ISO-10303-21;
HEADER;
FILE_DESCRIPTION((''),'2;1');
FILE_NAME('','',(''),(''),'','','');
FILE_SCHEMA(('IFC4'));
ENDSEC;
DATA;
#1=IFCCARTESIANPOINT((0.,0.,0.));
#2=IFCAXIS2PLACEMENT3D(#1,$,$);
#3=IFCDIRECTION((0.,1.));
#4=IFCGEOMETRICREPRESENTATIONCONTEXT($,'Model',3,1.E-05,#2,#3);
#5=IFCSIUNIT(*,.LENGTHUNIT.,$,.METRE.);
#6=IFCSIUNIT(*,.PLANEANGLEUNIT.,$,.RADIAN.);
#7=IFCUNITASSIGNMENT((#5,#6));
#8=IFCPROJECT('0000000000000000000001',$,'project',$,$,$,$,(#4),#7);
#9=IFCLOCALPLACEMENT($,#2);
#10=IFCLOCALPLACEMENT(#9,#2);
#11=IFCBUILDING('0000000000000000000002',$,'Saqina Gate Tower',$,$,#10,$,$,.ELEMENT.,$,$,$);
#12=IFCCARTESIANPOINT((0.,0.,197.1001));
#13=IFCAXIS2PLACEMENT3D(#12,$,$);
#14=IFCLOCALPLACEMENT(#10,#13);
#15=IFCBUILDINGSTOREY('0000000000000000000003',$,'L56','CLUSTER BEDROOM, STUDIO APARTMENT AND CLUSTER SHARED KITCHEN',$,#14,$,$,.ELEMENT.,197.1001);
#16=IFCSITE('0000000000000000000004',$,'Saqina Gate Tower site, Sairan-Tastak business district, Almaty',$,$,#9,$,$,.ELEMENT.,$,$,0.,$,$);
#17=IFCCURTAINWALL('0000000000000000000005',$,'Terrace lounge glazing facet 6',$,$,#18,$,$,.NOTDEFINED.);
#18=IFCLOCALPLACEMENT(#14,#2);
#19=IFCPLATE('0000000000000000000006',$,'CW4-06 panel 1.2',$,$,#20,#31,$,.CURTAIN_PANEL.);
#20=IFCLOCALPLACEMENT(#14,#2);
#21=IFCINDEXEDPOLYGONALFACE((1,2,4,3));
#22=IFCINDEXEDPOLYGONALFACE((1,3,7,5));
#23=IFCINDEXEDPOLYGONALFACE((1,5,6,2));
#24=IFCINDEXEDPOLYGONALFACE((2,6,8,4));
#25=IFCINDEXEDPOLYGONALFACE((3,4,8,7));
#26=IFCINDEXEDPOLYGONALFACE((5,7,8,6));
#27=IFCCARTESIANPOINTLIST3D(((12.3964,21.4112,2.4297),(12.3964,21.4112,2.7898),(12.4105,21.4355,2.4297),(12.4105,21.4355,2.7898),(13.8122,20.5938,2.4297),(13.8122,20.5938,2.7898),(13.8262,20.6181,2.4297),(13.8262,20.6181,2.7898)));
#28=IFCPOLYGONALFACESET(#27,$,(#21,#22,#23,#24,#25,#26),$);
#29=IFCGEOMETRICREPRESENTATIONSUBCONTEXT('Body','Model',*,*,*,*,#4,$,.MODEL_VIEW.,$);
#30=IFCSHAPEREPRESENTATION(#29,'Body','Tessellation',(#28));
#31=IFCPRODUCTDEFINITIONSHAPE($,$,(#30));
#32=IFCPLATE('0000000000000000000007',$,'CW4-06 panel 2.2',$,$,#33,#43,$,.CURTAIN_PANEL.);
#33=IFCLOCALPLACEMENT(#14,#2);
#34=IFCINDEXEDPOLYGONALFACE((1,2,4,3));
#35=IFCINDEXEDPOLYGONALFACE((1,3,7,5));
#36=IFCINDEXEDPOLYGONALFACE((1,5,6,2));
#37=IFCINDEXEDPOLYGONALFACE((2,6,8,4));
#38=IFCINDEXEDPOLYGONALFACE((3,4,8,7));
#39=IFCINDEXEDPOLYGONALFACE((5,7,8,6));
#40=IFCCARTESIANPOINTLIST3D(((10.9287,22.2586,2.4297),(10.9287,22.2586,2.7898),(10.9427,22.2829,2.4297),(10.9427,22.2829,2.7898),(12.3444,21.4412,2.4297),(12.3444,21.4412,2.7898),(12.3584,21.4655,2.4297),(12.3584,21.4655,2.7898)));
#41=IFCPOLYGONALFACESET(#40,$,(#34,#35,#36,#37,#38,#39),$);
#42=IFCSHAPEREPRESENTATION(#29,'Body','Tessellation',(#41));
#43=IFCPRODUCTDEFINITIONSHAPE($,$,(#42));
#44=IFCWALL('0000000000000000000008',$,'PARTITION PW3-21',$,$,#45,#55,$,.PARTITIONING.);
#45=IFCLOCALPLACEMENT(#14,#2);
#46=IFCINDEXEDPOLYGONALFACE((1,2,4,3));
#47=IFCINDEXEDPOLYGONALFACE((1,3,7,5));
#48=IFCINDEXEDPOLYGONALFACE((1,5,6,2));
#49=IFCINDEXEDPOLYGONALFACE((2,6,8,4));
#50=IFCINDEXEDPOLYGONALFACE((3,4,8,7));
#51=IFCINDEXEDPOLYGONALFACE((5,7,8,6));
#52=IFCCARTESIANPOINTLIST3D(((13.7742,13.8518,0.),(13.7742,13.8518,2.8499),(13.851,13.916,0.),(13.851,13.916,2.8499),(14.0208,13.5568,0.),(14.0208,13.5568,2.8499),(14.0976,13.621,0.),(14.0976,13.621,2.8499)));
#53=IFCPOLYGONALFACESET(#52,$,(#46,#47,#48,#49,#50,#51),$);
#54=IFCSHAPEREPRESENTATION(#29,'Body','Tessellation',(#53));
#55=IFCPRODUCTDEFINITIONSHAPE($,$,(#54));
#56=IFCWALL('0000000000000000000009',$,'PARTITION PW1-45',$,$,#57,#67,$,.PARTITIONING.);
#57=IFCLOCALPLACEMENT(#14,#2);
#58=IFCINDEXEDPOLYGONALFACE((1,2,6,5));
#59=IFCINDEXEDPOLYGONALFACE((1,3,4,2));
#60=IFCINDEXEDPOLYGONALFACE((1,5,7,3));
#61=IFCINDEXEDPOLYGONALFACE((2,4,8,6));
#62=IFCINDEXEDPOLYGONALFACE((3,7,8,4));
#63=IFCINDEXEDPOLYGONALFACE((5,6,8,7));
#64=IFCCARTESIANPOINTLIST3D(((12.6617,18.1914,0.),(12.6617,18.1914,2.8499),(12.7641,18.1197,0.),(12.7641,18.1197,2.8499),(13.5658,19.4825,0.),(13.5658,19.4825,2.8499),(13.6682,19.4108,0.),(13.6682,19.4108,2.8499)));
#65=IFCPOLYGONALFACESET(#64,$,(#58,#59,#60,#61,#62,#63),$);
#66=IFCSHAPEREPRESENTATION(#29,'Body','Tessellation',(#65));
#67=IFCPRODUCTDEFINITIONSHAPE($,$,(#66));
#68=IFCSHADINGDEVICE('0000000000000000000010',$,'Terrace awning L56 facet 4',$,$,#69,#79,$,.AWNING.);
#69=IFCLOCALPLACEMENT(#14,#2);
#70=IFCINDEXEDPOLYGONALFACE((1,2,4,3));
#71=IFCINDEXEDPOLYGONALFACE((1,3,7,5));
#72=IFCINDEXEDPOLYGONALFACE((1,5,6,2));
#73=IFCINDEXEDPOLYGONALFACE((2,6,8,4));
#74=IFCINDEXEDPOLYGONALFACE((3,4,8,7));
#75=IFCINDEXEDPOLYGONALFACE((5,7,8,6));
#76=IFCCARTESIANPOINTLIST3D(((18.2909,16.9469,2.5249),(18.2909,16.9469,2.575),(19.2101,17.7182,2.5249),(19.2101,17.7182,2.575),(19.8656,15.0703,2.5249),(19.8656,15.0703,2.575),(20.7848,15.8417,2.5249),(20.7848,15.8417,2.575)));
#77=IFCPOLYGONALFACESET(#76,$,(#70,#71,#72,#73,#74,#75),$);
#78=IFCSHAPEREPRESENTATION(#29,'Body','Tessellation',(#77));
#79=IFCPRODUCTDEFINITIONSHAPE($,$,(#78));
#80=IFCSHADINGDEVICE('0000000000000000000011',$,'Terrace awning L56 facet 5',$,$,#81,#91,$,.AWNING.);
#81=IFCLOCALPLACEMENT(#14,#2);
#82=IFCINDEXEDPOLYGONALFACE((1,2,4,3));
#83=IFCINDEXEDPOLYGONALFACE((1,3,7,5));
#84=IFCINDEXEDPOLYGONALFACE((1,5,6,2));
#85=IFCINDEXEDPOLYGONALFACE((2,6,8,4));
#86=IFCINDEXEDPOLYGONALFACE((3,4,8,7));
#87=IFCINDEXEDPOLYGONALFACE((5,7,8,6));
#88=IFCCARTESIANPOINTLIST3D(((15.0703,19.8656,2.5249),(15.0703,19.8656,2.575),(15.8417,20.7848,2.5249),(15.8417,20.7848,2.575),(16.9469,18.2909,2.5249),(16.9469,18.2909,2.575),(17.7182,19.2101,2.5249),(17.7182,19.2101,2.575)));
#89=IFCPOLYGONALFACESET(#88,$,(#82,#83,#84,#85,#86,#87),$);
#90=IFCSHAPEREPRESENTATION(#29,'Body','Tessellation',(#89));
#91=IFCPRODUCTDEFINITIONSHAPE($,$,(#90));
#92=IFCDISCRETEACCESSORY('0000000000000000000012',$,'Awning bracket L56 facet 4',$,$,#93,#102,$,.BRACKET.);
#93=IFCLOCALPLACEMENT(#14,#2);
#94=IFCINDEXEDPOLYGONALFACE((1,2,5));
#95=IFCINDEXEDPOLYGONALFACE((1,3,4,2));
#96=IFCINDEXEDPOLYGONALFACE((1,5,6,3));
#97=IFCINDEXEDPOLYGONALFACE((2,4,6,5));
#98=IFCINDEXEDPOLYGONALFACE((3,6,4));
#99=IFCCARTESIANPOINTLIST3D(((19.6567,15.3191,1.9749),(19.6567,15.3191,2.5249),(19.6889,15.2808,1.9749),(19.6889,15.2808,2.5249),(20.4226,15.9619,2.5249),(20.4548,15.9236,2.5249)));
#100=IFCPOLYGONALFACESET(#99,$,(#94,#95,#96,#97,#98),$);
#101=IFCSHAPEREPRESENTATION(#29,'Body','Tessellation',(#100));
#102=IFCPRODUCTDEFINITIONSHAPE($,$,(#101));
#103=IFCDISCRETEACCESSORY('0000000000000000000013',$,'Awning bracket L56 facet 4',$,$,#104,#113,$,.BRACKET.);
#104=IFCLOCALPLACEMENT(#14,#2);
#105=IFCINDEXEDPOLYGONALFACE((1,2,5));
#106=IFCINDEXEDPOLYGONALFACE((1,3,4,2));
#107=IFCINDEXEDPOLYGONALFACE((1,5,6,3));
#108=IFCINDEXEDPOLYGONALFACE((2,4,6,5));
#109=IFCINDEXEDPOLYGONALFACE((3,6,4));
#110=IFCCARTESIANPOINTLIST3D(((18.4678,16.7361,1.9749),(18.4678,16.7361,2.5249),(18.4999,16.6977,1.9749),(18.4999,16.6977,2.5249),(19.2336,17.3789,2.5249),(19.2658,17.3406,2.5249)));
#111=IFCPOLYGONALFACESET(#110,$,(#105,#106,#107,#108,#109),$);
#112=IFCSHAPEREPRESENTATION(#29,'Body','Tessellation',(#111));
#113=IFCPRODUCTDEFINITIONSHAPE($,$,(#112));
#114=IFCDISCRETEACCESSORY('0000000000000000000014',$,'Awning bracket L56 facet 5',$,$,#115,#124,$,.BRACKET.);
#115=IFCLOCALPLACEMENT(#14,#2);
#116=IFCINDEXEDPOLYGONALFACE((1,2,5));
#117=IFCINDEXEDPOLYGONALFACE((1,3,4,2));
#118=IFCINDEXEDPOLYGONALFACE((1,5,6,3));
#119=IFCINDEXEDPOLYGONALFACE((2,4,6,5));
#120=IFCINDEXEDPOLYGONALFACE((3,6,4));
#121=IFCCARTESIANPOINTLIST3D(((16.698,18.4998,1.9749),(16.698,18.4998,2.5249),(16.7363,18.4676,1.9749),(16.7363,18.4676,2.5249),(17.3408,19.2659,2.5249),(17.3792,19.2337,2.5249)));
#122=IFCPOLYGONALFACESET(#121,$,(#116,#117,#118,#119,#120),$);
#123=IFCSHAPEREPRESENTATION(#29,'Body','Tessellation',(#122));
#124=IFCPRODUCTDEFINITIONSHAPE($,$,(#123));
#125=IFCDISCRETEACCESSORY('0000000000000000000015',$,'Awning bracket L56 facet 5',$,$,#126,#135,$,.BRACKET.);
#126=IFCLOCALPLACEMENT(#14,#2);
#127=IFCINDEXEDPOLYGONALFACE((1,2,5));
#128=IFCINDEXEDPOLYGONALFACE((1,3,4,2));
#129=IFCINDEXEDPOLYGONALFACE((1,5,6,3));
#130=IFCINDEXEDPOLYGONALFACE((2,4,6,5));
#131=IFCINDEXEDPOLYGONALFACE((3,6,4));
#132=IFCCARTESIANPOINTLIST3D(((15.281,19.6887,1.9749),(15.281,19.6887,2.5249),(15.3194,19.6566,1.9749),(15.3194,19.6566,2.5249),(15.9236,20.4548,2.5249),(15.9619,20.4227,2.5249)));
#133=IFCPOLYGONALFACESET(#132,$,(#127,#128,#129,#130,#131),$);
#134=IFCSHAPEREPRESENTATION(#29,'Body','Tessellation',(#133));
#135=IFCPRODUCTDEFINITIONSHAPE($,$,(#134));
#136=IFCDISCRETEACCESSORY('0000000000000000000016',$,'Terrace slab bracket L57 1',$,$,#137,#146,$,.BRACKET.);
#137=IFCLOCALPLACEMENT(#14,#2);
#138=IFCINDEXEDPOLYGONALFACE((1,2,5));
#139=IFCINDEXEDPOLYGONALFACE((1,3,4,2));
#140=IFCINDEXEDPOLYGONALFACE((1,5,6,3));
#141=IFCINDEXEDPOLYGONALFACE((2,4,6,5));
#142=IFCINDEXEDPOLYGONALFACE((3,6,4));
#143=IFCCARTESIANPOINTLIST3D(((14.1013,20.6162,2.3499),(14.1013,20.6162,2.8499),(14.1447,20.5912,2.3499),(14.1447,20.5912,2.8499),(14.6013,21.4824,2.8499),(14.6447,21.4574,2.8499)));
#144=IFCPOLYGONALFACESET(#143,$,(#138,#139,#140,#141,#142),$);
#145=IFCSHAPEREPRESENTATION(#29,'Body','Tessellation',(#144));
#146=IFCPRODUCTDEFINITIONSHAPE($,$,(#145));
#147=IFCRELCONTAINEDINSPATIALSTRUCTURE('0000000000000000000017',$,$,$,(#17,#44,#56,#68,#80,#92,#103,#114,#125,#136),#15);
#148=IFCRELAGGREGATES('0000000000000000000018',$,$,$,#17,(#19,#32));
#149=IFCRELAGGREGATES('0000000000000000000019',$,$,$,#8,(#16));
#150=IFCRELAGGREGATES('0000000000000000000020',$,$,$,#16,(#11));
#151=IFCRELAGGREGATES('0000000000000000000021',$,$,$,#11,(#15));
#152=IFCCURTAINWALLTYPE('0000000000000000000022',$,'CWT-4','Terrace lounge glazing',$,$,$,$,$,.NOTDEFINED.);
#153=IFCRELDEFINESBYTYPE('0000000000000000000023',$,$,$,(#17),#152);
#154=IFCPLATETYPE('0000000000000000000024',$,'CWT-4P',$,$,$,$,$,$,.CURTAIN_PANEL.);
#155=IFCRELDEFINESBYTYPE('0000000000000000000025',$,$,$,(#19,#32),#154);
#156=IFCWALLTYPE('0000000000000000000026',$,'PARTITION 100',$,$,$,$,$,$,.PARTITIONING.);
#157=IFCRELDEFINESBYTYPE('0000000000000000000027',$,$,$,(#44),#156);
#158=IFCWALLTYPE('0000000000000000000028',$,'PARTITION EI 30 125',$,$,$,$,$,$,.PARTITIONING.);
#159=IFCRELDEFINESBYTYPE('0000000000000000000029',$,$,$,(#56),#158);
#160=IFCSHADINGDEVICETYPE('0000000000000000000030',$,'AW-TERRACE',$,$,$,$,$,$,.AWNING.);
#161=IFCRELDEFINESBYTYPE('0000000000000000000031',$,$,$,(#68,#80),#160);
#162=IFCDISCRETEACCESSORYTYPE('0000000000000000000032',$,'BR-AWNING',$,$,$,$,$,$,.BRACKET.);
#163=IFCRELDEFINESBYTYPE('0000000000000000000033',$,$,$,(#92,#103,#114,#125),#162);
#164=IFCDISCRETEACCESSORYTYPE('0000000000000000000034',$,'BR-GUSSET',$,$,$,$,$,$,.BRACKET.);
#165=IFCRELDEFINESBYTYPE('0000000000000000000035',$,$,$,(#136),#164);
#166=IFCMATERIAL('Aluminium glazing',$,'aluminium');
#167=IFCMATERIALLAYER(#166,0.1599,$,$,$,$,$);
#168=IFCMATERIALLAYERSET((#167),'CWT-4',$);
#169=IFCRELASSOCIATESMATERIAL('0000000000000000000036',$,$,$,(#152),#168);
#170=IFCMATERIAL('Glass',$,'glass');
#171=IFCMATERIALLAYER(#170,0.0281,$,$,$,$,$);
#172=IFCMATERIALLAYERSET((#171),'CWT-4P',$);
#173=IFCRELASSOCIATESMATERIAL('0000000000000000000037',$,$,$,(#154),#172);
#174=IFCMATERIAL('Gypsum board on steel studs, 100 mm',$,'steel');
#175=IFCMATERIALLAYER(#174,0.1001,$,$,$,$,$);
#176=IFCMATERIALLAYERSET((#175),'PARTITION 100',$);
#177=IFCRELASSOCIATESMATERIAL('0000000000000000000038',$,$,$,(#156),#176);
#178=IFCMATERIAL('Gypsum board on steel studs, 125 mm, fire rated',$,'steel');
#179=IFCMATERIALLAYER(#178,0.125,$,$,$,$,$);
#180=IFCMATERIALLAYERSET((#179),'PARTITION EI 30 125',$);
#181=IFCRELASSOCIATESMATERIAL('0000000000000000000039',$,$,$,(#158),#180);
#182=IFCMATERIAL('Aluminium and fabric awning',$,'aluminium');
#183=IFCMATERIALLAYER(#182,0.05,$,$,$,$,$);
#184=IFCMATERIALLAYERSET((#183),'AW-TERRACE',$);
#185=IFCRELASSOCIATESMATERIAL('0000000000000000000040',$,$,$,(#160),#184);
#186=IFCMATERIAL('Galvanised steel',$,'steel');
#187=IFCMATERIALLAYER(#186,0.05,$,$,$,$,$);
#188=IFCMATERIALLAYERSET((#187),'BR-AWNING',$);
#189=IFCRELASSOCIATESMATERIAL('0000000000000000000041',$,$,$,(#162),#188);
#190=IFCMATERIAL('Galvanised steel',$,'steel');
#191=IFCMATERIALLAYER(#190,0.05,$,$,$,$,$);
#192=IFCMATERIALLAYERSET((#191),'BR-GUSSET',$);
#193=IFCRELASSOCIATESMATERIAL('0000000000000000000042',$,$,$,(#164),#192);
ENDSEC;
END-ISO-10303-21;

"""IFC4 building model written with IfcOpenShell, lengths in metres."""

from ifc_helpers import new_model, si_unit, direction, frame, frame_2d, origin, origin_2d, place, context, subcontext, project, spatial, polyline, rectangle, outline, extrude, material, layer, layer_set, type_object, element, aggregate, save


model = new_model("IFC4")

# Units and contexts
model_context = context("Model", 3, precision=1e-05, world=origin(), true_north=direction((0.0, 1.0)))
body_context = subcontext(model_context, "Body", "Model", "MODEL_VIEW")
ifc_project = project(units=[si_unit("LENGTHUNIT", "METRE"), si_unit("PLANEANGLEUNIT", "RADIAN")], contexts=[model_context])

# Site, building, storey
site_placement = place(None, origin())
site = spatial("IfcSite", under=ifc_project, at=site_placement, Name="Saqina Gate Tower site, Sairan-Tastak business district, Almaty", CompositionType="ELEMENT", RefElevation=0.0)
building_placement = place(site_placement, origin())
building = spatial("IfcBuilding", under=site, at=building_placement, Name="Saqina Gate Tower", CompositionType="ELEMENT")
storey_placement = place(building_placement, frame((0.0, 0.0, 197.1001)))
storey = spatial("IfcBuildingStorey", under=building, at=storey_placement, Name="L56", Description="CLUSTER BEDROOM, STUDIO APARTMENT AND CLUSTER SHARED KITCHEN", CompositionType="ELEMENT", Elevation=197.1001)

# Shared definitions
ifc_material_1 = material(Name="Aluminium glazing", Category="aluminium")
ifc_layer_1 = layer(ifc_material_1, 0.1599)
ifc_layer_set_1 = layer_set([ifc_layer_1], Name="CWT-4")
curtain_wall_type = type_object("IfcCurtainWallType", Name="CWT-4", Description="Terrace lounge glazing", PredefinedType="NOTDEFINED", material=ifc_layer_set_1)

# Curtain wall
curtain_wall_1_placement = place(storey_placement, origin())
curtain_wall_1 = element("IfcCurtainWall", 1, at=curtain_wall_1_placement, inside=storey, type_object=curtain_wall_type, Name="Terrace lounge glazing facet 6", PredefinedType="NOTDEFINED")

# Plates
ifc_material_2 = material(Name="Glass", Category="glass")
ifc_layer_2 = layer(ifc_material_2, 0.0281)
ifc_layer_set_2 = layer_set([ifc_layer_2], Name="CWT-4P")
plate_type = type_object("IfcPlateType", Name="CWT-4P", PredefinedType="CURTAIN_PANEL", material=ifc_layer_set_2)
plate_1_placement = place(storey_placement, frame((13.1113, 21.0146, 2.4297), z_axis=(0.0, 0.0, 1.0), x_axis=(-0.866017, 0.500014, 0.0)))
plate_1 = element("IfcPlate", 2, at=plate_1_placement, type_object=plate_type, Name="CW4-06 panel 1.2", PredefinedType="CURTAIN_PANEL", context=body_context, shape_type="SweptSolid", body=[
    extrude(rectangle(XDim=1.6348, YDim=0.0281, at=origin_2d()), origin(), (0.0, 0.0, 1.0), 0.3601),
])
plate_2_placement = place(storey_placement, frame((11.6436, 21.8621, 2.4297), z_axis=(0.0, 0.0, 1.0), x_axis=(-0.866017, 0.500014, 0.0)))
plate_2 = element("IfcPlate", 3, at=plate_2_placement, type_object=plate_type, Name="CW4-06 panel 2.2", PredefinedType="CURTAIN_PANEL", context=body_context, shape_type="SweptSolid", body=[
    extrude(rectangle(XDim=1.6348, YDim=0.0281, at=origin_2d()), origin(), (0.0, 0.0, 1.0), 0.3601),
])
aggregate(curtain_wall_1, [plate_1, plate_2])

# Walls
ifc_material_3 = material(Name="Gypsum board on steel studs, 100 mm", Category="steel")
ifc_layer_3 = layer(ifc_material_3, 0.1001)
ifc_layer_set_3 = layer_set([ifc_layer_3], Name="PARTITION 100")
wall_type_1 = type_object("IfcWallType", Name="PARTITION 100", PredefinedType="PARTITIONING", material=ifc_layer_set_3)
wall_1_placement = place(storey_placement, frame((13.8125, 13.884, 0.0), z_axis=(0.0, 0.0, 1.0), x_axis=(0.641433, -0.767179, 0.0)))
element("IfcWall", 4, at=wall_1_placement, inside=storey, type_object=wall_type_1, Name="PARTITION PW3-21", PredefinedType="PARTITIONING", context=body_context, shape_type="SweptSolid", body=[
    extrude(rectangle(XDim=0.3845, YDim=0.1001, at=frame_2d((0.1924, 0.0))), origin(), (0.0, 0.0, 1.0), 2.8499),
])
ifc_material_4 = material(Name="Gypsum board on steel studs, 125 mm, fire rated", Category="steel")
ifc_layer_4 = layer(ifc_material_4, 0.125)
ifc_layer_set_4 = layer_set([ifc_layer_4], Name="PARTITION EI 30 125")
wall_type_2 = type_object("IfcWallType", Name="PARTITION EI 30 125", PredefinedType="PARTITIONING", material=ifc_layer_set_4)
wall_2_placement = place(storey_placement, frame((12.7129, 18.1555, 0.0), z_axis=(0.0, 0.0, 1.0), x_axis=(0.573608, 0.81913, 0.0)))
element("IfcWall", 5, at=wall_2_placement, inside=storey, type_object=wall_type_2, Name="PARTITION PW1-45", PredefinedType="PARTITIONING", context=body_context, shape_type="SweptSolid", body=[
    extrude(rectangle(XDim=1.5762, YDim=0.125, at=frame_2d((0.7881, 0.0))), origin(), (0.0, 0.0, 1.0), 2.8499),
])

# Shading devices
ifc_material_5 = material(Name="Aluminium and fabric awning", Category="aluminium")
ifc_layer_5 = layer(ifc_material_5, 0.05)
ifc_layer_set_5 = layer_set([ifc_layer_5], Name="AW-TERRACE")
shading_device_type = type_object("IfcShadingDeviceType", Name="AW-TERRACE", PredefinedType="AWNING", material=ifc_layer_set_5)
for number, where, z_axis, x_axis, name in (
    (6, (19.5378, 16.3943, 2.5249), (0.0, 0.0, 1.0), (-0.642788, 0.766044, 0.0), "Terrace awning L56 facet 4"),
    (7, (16.3943, 19.5378, 2.5249), (0.0, 0.0, 1.0), (-0.766044, 0.642788, 0.0), "Terrace awning L56 facet 5"),
):
    element("IfcShadingDevice", number, at=place(storey_placement, frame(where, z_axis=z_axis, x_axis=x_axis)), inside=storey, type_object=shading_device_type, Name=name, PredefinedType="AWNING", context=body_context, shape_type="SweptSolid", body=[
        extrude(rectangle(XDim=2.4497, YDim=1.2, at=origin_2d()), origin(), (0.0, 0.0, 1.0), 0.05),
    ])

# Discrete accessories
ifc_material_6 = material(Name="Galvanised steel", Category="steel")
ifc_layer_6 = layer(ifc_material_6, 0.05)
ifc_layer_set_6 = layer_set([ifc_layer_6], Name="BR-AWNING")
discrete_accessory_type_1 = type_object("IfcDiscreteAccessoryType", Name="BR-AWNING", PredefinedType="BRACKET", material=ifc_layer_set_6)
for number, where, z_axis, x_axis, name in (
    (8, (19.6567, 15.3191, 1.9749), (-0.642894, 0.765955, 0.0), (0.0, 0.0, 1.0), "Awning bracket L56 facet 4"),
    (9, (18.4678, 16.7361, 1.9749), (-0.642894, 0.765955, 0.0), (0.0, 0.0, 1.0), "Awning bracket L56 facet 4"),
):
    element("IfcDiscreteAccessory", number, at=place(storey_placement, frame(where, z_axis=z_axis, x_axis=x_axis)), inside=storey, type_object=discrete_accessory_type_1, Name=name, PredefinedType="BRACKET", context=body_context, shape_type="SweptSolid", body=[
        extrude(outline(polyline([(0.0, 0.0), (0.55, 0.0), (0.55, 0.9999), (0.0, 0.0)])), origin(), (0.0, 0.0, -1.0), 0.05),
    ])
discrete_accessory_1_placement = place(storey_placement, frame((16.698, 18.4998, 1.9749), z_axis=(-0.766056, 0.642774, 0.0), x_axis=(0.0, 0.0, 1.0)))
element("IfcDiscreteAccessory", 10, at=discrete_accessory_1_placement, inside=storey, type_object=discrete_accessory_type_1, Name="Awning bracket L56 facet 5", PredefinedType="BRACKET", context=body_context, shape_type="SweptSolid", body=[
    extrude(outline(polyline([(0.0, 0.0), (0.55, 0.0), (0.55, 1.0001), (0.0, 0.0)])), origin(), (0.0, 0.0, -1.0), 0.05),
])
discrete_accessory_2_placement = place(storey_placement, frame((15.281, 19.6887, 1.9749), z_axis=(-0.766176, 0.642631, 0.0), x_axis=(0.0, 0.0, 1.0)))
element("IfcDiscreteAccessory", 11, at=discrete_accessory_2_placement, inside=storey, type_object=discrete_accessory_type_1, Name="Awning bracket L56 facet 5", PredefinedType="BRACKET", context=body_context, shape_type="SweptSolid", body=[
    extrude(outline(polyline([(0.0, 0.0), (0.55, 0.0), (0.55, 0.9999), (0.0, 0.0)])), origin(), (0.0, 0.0, -1.0), 0.05),
])
ifc_material_7 = material(Name="Galvanised steel", Category="steel")
ifc_layer_7 = layer(ifc_material_7, 0.05)
ifc_layer_set_7 = layer_set([ifc_layer_7], Name="BR-GUSSET")
discrete_accessory_type_2 = type_object("IfcDiscreteAccessoryType", Name="BR-GUSSET", PredefinedType="BRACKET", material=ifc_layer_set_7)
discrete_accessory_3_placement = place(storey_placement, frame((14.1013, 20.6162, 2.3499), z_axis=(-0.866072, 0.49992, 0.0), x_axis=(0.0, 0.0, 1.0)))
element("IfcDiscreteAccessory", 12, at=discrete_accessory_3_placement, inside=storey, type_object=discrete_accessory_type_2, Name="Terrace slab bracket L57 1", PredefinedType="BRACKET", context=body_context, shape_type="SweptSolid", body=[
    extrude(outline(polyline([(0.0, 0.0), (0.5, 0.0), (0.5, 1.0002), (0.0, 0.0)])), origin(), (0.0, 0.0, -1.0), 0.05),
])

save(model, "model.ifc")
